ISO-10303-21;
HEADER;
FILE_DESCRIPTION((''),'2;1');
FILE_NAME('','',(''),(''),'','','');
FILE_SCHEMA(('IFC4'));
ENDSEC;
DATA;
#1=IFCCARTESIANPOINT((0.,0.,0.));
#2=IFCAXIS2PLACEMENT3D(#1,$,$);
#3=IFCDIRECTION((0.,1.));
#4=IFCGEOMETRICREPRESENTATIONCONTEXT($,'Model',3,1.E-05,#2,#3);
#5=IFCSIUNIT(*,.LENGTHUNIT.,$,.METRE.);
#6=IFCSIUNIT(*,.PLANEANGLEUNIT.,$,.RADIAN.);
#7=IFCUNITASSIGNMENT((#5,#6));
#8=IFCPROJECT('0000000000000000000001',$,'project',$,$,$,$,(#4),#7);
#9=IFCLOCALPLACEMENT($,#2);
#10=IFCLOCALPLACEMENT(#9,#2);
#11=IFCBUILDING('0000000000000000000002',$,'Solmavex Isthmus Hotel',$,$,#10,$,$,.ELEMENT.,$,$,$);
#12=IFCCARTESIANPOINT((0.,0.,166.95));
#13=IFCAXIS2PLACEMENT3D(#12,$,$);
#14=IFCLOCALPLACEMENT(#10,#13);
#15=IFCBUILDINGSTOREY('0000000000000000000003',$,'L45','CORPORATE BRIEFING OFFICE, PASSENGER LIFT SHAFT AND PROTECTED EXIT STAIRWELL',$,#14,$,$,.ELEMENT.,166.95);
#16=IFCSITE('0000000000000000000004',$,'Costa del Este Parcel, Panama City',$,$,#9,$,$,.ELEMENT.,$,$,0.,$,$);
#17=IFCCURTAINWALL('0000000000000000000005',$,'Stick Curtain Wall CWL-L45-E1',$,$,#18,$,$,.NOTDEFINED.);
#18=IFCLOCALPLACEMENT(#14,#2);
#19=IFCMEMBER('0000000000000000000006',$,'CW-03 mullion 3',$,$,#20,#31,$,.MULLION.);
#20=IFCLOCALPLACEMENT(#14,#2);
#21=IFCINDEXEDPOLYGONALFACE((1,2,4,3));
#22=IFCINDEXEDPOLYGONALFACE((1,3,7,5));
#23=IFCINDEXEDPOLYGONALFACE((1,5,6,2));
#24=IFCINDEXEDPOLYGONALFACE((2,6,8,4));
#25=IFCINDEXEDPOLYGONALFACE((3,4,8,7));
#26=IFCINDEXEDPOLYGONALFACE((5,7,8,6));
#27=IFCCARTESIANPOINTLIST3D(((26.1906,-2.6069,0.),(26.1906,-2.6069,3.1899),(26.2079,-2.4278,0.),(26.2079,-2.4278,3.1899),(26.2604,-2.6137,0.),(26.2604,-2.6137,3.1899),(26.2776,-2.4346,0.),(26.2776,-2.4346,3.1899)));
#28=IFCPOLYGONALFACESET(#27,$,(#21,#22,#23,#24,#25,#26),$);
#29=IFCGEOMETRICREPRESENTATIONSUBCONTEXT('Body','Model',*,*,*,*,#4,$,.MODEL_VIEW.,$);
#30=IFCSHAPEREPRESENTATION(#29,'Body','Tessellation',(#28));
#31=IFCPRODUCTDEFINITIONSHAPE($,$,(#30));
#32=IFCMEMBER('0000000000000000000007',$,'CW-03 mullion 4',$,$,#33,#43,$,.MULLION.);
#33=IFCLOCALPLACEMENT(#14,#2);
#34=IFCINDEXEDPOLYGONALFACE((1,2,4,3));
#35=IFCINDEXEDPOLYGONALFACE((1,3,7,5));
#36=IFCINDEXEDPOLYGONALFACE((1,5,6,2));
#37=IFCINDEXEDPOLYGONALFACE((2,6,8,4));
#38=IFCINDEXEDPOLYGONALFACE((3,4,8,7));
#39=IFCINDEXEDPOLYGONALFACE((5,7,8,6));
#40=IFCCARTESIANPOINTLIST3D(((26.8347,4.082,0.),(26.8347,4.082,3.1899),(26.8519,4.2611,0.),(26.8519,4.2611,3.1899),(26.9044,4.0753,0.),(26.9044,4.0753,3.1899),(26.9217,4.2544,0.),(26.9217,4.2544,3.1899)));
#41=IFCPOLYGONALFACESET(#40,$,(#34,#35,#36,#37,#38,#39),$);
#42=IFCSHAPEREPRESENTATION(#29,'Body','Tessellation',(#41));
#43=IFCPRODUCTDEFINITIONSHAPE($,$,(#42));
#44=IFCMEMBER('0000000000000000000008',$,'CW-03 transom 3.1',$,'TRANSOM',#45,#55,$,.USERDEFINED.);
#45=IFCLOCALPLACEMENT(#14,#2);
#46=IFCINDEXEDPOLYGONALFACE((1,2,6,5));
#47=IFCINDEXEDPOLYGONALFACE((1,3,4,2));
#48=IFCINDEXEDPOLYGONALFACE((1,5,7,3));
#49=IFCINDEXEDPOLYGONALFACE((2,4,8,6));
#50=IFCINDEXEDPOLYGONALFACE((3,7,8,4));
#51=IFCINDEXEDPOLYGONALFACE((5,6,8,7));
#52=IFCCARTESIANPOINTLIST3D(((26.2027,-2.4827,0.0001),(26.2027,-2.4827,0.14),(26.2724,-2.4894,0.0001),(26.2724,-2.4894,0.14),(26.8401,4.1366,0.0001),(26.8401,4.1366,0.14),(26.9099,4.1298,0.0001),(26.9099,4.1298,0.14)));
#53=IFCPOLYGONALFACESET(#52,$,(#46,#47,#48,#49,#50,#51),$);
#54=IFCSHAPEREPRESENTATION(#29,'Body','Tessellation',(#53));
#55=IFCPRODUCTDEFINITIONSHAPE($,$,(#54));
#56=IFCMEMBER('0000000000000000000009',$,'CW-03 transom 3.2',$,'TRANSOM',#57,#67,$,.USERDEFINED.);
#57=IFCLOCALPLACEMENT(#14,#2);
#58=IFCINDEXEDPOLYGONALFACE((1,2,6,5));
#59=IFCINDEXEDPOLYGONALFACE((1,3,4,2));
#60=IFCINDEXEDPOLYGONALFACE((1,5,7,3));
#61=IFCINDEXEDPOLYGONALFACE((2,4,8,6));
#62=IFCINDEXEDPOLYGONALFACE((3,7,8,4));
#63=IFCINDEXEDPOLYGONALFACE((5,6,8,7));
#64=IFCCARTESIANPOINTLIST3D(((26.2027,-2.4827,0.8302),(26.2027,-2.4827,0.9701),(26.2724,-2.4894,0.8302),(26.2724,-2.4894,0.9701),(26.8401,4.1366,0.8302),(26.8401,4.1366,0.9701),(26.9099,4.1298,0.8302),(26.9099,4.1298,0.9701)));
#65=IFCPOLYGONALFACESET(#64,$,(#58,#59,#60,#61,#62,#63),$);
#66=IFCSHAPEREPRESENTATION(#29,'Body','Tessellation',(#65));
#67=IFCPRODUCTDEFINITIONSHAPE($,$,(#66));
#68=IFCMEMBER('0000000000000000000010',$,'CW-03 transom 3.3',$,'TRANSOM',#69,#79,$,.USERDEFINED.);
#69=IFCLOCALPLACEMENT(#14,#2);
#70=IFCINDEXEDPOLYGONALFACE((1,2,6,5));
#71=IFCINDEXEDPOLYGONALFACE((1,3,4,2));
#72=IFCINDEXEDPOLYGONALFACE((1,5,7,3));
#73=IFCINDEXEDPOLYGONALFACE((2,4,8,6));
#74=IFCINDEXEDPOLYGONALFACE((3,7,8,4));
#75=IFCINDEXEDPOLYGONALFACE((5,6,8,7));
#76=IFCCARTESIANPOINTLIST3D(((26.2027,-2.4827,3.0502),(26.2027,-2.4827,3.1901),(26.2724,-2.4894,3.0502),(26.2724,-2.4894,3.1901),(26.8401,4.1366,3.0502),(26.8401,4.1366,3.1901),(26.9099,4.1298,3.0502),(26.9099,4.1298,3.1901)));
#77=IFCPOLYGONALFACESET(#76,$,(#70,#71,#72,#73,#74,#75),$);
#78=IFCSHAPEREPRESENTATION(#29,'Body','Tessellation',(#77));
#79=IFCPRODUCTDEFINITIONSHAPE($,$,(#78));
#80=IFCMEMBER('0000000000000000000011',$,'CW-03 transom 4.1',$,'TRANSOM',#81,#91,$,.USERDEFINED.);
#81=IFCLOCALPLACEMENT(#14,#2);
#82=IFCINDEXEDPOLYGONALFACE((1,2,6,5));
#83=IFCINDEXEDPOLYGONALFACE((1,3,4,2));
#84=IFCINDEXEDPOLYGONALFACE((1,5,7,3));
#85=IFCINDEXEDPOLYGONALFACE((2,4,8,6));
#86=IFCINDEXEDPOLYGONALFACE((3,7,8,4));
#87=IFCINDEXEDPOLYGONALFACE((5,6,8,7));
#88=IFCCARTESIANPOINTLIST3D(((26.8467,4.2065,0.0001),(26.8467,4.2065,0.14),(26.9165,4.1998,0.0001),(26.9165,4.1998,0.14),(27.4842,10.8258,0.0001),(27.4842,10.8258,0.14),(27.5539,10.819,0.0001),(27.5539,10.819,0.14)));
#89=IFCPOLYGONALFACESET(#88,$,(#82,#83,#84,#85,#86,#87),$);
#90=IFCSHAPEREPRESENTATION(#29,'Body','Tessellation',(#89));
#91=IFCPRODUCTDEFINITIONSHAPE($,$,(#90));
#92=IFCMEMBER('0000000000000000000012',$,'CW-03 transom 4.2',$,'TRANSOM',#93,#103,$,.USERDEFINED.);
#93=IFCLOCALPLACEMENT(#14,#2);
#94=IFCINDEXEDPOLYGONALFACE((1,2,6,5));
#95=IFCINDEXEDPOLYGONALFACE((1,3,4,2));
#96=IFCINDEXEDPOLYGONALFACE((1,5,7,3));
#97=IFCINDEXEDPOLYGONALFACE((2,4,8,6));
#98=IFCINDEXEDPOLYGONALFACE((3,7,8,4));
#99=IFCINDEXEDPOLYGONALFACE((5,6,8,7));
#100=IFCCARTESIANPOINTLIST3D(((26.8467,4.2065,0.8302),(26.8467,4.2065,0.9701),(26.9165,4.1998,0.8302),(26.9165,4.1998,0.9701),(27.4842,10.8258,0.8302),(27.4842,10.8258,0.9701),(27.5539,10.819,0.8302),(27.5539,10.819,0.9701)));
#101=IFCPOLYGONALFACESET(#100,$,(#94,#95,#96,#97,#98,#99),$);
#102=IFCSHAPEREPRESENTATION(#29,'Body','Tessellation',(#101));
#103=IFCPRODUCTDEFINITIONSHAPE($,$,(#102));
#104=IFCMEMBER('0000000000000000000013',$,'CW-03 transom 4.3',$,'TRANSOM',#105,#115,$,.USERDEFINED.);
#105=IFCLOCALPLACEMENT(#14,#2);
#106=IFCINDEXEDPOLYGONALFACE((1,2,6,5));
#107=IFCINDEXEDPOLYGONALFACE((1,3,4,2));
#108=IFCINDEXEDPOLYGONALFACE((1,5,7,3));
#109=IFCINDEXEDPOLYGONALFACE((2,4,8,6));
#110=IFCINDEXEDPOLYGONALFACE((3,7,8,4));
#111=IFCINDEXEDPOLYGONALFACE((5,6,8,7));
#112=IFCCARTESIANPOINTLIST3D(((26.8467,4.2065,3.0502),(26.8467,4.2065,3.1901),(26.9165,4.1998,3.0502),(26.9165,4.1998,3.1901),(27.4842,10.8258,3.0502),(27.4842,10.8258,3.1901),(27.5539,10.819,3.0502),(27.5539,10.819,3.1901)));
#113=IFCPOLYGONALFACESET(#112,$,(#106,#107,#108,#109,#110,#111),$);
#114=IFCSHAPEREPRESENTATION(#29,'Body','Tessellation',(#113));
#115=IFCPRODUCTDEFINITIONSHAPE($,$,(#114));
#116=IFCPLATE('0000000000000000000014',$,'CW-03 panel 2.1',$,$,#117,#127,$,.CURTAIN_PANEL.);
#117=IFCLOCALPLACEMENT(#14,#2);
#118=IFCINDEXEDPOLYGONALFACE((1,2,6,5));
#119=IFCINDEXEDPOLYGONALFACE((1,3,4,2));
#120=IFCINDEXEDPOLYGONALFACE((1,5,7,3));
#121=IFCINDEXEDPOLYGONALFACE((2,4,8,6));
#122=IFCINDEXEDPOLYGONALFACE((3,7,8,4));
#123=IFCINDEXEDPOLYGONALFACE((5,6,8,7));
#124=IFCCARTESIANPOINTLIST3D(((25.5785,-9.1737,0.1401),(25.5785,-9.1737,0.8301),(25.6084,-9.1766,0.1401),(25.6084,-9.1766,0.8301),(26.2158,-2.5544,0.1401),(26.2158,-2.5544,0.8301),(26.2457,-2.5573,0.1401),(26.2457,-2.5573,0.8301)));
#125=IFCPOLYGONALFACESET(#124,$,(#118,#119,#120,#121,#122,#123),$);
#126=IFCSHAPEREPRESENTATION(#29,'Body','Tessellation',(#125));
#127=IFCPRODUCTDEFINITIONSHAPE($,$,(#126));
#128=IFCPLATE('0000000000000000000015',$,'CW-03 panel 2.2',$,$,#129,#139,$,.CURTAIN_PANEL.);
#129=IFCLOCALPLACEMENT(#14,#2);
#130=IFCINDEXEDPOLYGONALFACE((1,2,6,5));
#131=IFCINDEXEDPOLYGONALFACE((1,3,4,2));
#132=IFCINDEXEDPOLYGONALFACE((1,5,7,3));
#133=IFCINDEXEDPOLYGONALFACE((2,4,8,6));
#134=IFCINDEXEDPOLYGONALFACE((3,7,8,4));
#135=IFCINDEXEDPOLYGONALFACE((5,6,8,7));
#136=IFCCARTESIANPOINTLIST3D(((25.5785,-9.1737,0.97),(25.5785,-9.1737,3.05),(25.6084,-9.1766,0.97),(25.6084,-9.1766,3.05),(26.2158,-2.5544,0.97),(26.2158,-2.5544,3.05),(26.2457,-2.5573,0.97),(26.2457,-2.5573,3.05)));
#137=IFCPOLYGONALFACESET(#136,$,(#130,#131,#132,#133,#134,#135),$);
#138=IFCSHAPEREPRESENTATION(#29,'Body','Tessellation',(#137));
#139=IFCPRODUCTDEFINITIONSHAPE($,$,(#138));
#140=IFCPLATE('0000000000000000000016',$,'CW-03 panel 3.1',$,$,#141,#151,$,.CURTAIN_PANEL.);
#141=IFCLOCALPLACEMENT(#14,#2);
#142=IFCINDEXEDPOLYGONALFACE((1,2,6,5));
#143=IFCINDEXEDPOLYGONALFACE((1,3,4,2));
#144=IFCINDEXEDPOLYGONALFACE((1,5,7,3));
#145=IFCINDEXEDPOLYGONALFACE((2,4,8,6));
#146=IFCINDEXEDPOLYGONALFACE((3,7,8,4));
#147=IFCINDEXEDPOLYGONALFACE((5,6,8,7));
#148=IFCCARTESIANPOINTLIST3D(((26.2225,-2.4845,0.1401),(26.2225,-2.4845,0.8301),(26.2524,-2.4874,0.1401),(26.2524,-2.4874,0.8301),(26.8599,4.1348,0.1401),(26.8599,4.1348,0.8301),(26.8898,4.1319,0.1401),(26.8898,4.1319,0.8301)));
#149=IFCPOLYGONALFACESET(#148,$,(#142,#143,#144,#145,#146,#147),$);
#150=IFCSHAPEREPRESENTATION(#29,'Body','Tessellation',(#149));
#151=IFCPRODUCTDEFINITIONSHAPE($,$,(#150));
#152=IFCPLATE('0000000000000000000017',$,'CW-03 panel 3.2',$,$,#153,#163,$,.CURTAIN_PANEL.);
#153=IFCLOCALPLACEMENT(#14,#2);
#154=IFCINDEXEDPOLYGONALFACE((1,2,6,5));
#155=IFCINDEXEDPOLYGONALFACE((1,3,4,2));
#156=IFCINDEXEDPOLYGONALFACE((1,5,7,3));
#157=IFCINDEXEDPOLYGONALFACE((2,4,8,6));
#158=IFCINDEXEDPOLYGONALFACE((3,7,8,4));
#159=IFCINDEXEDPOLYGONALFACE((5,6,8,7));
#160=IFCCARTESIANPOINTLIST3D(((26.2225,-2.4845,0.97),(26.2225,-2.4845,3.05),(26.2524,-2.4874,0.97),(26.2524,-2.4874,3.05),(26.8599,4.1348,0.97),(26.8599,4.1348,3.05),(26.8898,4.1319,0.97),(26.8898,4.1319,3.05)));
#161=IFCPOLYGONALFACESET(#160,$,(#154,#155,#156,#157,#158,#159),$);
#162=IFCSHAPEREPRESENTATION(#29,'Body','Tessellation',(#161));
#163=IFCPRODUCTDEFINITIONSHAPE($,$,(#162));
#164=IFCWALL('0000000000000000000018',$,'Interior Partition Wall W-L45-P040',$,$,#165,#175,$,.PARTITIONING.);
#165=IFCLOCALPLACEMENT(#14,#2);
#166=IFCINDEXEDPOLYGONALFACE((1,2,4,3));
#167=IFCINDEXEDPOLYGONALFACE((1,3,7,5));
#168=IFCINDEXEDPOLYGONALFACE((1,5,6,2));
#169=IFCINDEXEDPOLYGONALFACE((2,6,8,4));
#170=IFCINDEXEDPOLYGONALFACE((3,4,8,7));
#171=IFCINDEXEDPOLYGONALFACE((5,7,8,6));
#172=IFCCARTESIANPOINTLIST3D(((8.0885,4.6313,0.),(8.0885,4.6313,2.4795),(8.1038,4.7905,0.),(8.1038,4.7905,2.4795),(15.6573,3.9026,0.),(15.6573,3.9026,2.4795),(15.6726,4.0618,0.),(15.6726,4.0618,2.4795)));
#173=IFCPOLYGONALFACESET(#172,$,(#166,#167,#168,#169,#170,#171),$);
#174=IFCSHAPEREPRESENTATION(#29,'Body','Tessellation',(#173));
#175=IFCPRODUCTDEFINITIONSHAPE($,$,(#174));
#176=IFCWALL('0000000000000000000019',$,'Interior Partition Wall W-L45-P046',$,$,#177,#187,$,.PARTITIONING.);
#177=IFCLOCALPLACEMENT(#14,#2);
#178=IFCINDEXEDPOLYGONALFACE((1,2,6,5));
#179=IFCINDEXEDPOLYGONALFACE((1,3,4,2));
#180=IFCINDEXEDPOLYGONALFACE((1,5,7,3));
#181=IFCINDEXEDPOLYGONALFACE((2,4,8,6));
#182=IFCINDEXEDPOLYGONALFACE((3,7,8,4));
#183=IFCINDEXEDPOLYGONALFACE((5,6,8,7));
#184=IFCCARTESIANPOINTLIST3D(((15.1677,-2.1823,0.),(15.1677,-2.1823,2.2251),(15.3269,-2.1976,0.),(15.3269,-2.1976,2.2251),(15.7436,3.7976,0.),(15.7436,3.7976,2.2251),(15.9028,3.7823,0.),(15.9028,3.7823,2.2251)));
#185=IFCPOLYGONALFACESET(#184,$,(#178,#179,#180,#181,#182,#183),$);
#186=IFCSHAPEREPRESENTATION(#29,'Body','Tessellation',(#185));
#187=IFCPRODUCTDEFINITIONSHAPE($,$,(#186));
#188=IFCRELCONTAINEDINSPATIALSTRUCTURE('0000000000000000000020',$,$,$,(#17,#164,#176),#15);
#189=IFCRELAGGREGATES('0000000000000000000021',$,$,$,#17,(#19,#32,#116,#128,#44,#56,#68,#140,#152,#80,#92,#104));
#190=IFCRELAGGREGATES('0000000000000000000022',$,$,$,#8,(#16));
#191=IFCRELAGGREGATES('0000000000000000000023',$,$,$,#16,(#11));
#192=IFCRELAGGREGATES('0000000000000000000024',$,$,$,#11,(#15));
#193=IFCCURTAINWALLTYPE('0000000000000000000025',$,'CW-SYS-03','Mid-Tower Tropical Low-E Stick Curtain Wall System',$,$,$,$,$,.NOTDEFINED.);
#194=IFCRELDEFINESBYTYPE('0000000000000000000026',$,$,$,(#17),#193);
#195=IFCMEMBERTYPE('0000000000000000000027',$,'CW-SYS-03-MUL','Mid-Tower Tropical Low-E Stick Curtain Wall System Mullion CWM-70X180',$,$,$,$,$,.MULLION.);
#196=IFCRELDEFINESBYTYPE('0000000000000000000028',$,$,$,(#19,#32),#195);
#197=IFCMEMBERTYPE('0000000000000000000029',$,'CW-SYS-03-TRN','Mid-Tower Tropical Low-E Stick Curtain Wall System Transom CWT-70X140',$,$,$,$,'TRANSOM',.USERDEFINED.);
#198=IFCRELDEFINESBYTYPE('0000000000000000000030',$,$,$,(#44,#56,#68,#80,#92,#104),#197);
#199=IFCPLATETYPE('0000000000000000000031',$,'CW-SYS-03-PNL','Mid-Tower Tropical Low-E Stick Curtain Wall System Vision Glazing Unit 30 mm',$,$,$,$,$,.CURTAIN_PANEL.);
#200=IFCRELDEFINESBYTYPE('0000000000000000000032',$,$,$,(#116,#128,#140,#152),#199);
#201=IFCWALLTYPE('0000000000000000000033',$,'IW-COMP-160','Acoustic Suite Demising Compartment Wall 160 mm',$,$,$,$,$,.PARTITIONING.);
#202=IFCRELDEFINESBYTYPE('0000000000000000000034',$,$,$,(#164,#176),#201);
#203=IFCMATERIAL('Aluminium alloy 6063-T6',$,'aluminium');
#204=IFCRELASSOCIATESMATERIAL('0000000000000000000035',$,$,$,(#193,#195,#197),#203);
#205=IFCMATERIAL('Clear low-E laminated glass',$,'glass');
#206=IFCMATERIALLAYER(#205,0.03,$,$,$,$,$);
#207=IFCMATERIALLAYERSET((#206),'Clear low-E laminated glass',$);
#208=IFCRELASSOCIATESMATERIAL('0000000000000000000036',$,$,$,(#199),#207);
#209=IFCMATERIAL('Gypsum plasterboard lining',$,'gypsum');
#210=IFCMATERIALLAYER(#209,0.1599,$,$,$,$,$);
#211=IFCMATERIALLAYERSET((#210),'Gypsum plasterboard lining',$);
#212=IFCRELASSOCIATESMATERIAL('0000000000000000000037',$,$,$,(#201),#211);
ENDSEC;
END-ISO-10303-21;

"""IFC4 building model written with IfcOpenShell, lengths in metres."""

from ifc_helpers import new_model, si_unit, direction, frame, frame_2d, origin, origin_2d, place, context, subcontext, project, spatial, rectangle, extrude, material, layer, layer_set, material_profile, profile_set, type_object, element, aggregate, save


model = new_model("IFC4")

# Units and contexts
model_context = context("Model", 3, precision=1e-05, world=origin(), true_north=direction((0.0, 1.0)))
body_context = subcontext(model_context, "Body", "Model", "MODEL_VIEW")
ifc_project = project(units=[si_unit("LENGTHUNIT", "METRE"), si_unit("PLANEANGLEUNIT", "RADIAN")], contexts=[model_context])

# Site, building, storey
site_placement = place(None, origin())
site = spatial("IfcSite", under=ifc_project, at=site_placement, Name="Costa del Este Parcel, Panama City", CompositionType="ELEMENT", RefElevation=0.0)
building_placement = place(site_placement, origin())
building = spatial("IfcBuilding", under=site, at=building_placement, Name="Solmavex Isthmus Hotel", CompositionType="ELEMENT")
storey_placement = place(building_placement, frame((0.0, 0.0, 166.95)))
storey = spatial("IfcBuildingStorey", under=building, at=storey_placement, Name="L45", Description="CORPORATE BRIEFING OFFICE, PASSENGER LIFT SHAFT AND PROTECTED EXIT STAIRWELL", CompositionType="ELEMENT", Elevation=166.95)

# Curtain wall, members, plates
ifc_material_1 = material(Name="Aluminium alloy 6063-T6", Category="aluminium")
curtain_wall_type = type_object("IfcCurtainWallType", Name="CW-SYS-03", Description="Mid-Tower Tropical Low-E Stick Curtain Wall System", PredefinedType="NOTDEFINED", material=ifc_material_1)
curtain_wall_placement = place(storey_placement, origin())
curtain_wall = element("IfcCurtainWall", 1, at=curtain_wall_placement, inside=storey, type_object=curtain_wall_type, Name="Stick Curtain Wall CWL-L45-E1", PredefinedType="NOTDEFINED")
ifc_material_profile_1 = material_profile(ifc_material_1, rectangle(XDim=0.0701, YDim=0.1799, at=origin_2d()), Name="CWM-70X180")
ifc_profile_set_1 = profile_set([ifc_material_profile_1], Name="Aluminium alloy 6063-T6")
member_type_1 = type_object("IfcMemberType", Name="CW-SYS-03-MUL", Description="Mid-Tower Tropical Low-E Stick Curtain Wall System Mullion CWM-70X180", PredefinedType="MULLION", material=ifc_profile_set_1)
member_1_placement = place(storey_placement, frame((26.2341, -2.5208, 0.0), z_axis=(0.0, 0.0, 1.0), x_axis=(-0.995396, 0.095846, 0.0)))
member_1 = element("IfcMember", 2, at=member_1_placement, type_object=member_type_1, Name="CW-03 mullion 3", PredefinedType="MULLION", context=body_context, shape_type="SweptSolid", body=[
    extrude(rectangle(XDim=0.0701, YDim=0.1799, at=origin_2d()), origin(), (0.0, 0.0, 1.0), 3.1899),
])
member_2_placement = place(storey_placement, frame((26.8782, 4.1682, 0.0), z_axis=(0.0, 0.0, 1.0), x_axis=(-0.995396, 0.095846, 0.0)))
member_2 = element("IfcMember", 3, at=member_2_placement, type_object=member_type_1, Name="CW-03 mullion 4", PredefinedType="MULLION", context=body_context, shape_type="SweptSolid", body=[
    extrude(rectangle(XDim=0.0701, YDim=0.1799, at=origin_2d()), origin(), (0.0, 0.0, 1.0), 3.1899),
])
ifc_material_profile_2 = material_profile(ifc_material_1, rectangle(XDim=0.0701, YDim=0.1399, at=origin_2d()), Name="CWT-70X140")
ifc_profile_set_2 = profile_set([ifc_material_profile_2], Name="Aluminium alloy 6063-T6")
member_type_2 = type_object("IfcMemberType", Name="CW-SYS-03-TRN", Description="Mid-Tower Tropical Low-E Stick Curtain Wall System Transom CWT-70X140", ElementType="TRANSOM", PredefinedType="USERDEFINED", material=ifc_profile_set_2)
member_3_placement = place(storey_placement, frame((26.2375, -2.4861, 0.0701), z_axis=(0.095857, 0.995395, 0.0), x_axis=(-0.995395, 0.095857, 0.0)))
member_3 = element("IfcMember", 4, at=member_3_placement, type_object=member_type_2, Name="CW-03 transom 3.1", ObjectType="TRANSOM", PredefinedType="USERDEFINED", context=body_context, shape_type="SweptSolid", body=[
    extrude(rectangle(XDim=0.0701, YDim=0.1399, at=origin_2d()), origin(), (0.0, 0.0, 1.0), 6.6499),
])
member_4_placement = place(storey_placement, frame((26.2375, -2.4861, 0.9001), z_axis=(0.095857, 0.995395, 0.0), x_axis=(-0.995395, 0.095857, 0.0)))
member_4 = element("IfcMember", 5, at=member_4_placement, type_object=member_type_2, Name="CW-03 transom 3.2", ObjectType="TRANSOM", PredefinedType="USERDEFINED", context=body_context, shape_type="SweptSolid", body=[
    extrude(rectangle(XDim=0.0701, YDim=0.1399, at=origin_2d()), origin(), (0.0, 0.0, 1.0), 6.6499),
])
member_5_placement = place(storey_placement, frame((26.2375, -2.4861, 3.1201), z_axis=(0.095857, 0.995395, 0.0), x_axis=(-0.995395, 0.095857, 0.0)))
member_5 = element("IfcMember", 6, at=member_5_placement, type_object=member_type_2, Name="CW-03 transom 3.3", ObjectType="TRANSOM", PredefinedType="USERDEFINED", context=body_context, shape_type="SweptSolid", body=[
    extrude(rectangle(XDim=0.0701, YDim=0.1399, at=origin_2d()), origin(), (0.0, 0.0, 1.0), 6.6499),
])
member_6_placement = place(storey_placement, frame((26.8816, 4.2031, 0.0701), z_axis=(0.095857, 0.995395, 0.0), x_axis=(-0.995395, 0.095857, 0.0)))
member_6 = element("IfcMember", 7, at=member_6_placement, type_object=member_type_2, Name="CW-03 transom 4.1", ObjectType="TRANSOM", PredefinedType="USERDEFINED", context=body_context, shape_type="SweptSolid", body=[
    extrude(rectangle(XDim=0.0701, YDim=0.1399, at=origin_2d()), origin(), (0.0, 0.0, 1.0), 6.6499),
])
member_7_placement = place(storey_placement, frame((26.8816, 4.2031, 0.9001), z_axis=(0.095857, 0.995395, 0.0), x_axis=(-0.995395, 0.095857, 0.0)))
member_7 = element("IfcMember", 8, at=member_7_placement, type_object=member_type_2, Name="CW-03 transom 4.2", ObjectType="TRANSOM", PredefinedType="USERDEFINED", context=body_context, shape_type="SweptSolid", body=[
    extrude(rectangle(XDim=0.0701, YDim=0.1399, at=origin_2d()), origin(), (0.0, 0.0, 1.0), 6.6499),
])
member_8_placement = place(storey_placement, frame((26.8816, 4.2031, 3.1201), z_axis=(0.095857, 0.995395, 0.0), x_axis=(-0.995395, 0.095857, 0.0)))
member_8 = element("IfcMember", 9, at=member_8_placement, type_object=member_type_2, Name="CW-03 transom 4.3", ObjectType="TRANSOM", PredefinedType="USERDEFINED", context=body_context, shape_type="SweptSolid", body=[
    extrude(rectangle(XDim=0.0701, YDim=0.1399, at=origin_2d()), origin(), (0.0, 0.0, 1.0), 6.6499),
])
ifc_material_2 = material(Name="Clear low-E laminated glass", Category="glass")
ifc_layer_1 = layer(ifc_material_2, 0.03)
ifc_layer_set_1 = layer_set([ifc_layer_1], Name="Clear low-E laminated glass")
plate_type = type_object("IfcPlateType", Name="CW-SYS-03-PNL", Description="Mid-Tower Tropical Low-E Stick Curtain Wall System Vision Glazing Unit 30 mm", PredefinedType="CURTAIN_PANEL", material=ifc_layer_set_1)
plate_1_placement = place(storey_placement, frame((25.9121, -5.8655, 0.1401), z_axis=(0.0, 0.0, 1.0), x_axis=(0.095846, 0.995396, 0.0)))
plate_1 = element("IfcPlate", 10, at=plate_1_placement, type_object=plate_type, Name="CW-03 panel 2.1", PredefinedType="CURTAIN_PANEL", context=body_context, shape_type="SweptSolid", body=[
    extrude(rectangle(XDim=6.6499, YDim=0.03, at=origin_2d()), origin(), (0.0, 0.0, 1.0), 0.6899),
])
plate_2_placement = place(storey_placement, frame((25.9121, -5.8655, 0.97), z_axis=(0.0, 0.0, 1.0), x_axis=(0.095846, 0.995396, 0.0)))
plate_2 = element("IfcPlate", 11, at=plate_2_placement, type_object=plate_type, Name="CW-03 panel 2.2", PredefinedType="CURTAIN_PANEL", context=body_context, shape_type="SweptSolid", body=[
    extrude(rectangle(XDim=6.6499, YDim=0.03, at=origin_2d()), origin(), (0.0, 0.0, 1.0), 2.0801),
])
plate_3_placement = place(storey_placement, frame((26.5562, 0.8237, 0.1401), z_axis=(0.0, 0.0, 1.0), x_axis=(0.095846, 0.995396, 0.0)))
plate_3 = element("IfcPlate", 12, at=plate_3_placement, type_object=plate_type, Name="CW-03 panel 3.1", PredefinedType="CURTAIN_PANEL", context=body_context, shape_type="SweptSolid", body=[
    extrude(rectangle(XDim=6.6499, YDim=0.03, at=origin_2d()), origin(), (0.0, 0.0, 1.0), 0.6899),
])
plate_4_placement = place(storey_placement, frame((26.5562, 0.8237, 0.97), z_axis=(0.0, 0.0, 1.0), x_axis=(0.095846, 0.995396, 0.0)))
plate_4 = element("IfcPlate", 13, at=plate_4_placement, type_object=plate_type, Name="CW-03 panel 3.2", PredefinedType="CURTAIN_PANEL", context=body_context, shape_type="SweptSolid", body=[
    extrude(rectangle(XDim=6.6499, YDim=0.03, at=origin_2d()), origin(), (0.0, 0.0, 1.0), 2.0801),
])
aggregate(curtain_wall, [member_1, member_2, plate_1, plate_2, member_3, member_4, member_5, plate_3, plate_4, member_6, member_7, member_8])

# Walls
ifc_material_3 = material(Name="Gypsum plasterboard lining", Category="gypsum")
ifc_layer_2 = layer(ifc_material_3, 0.1599)
ifc_layer_set_2 = layer_set([ifc_layer_2], Name="Gypsum plasterboard lining")
wall_type = type_object("IfcWallType", Name="IW-COMP-160", Description="Acoustic Suite Demising Compartment Wall 160 mm", PredefinedType="PARTITIONING", material=ifc_layer_set_2)
wall_1_placement = place(storey_placement, frame((15.6648, 3.9822, 0.0), z_axis=(0.0, 0.0, 1.0), x_axis=(-0.995397, 0.095841, 0.0)))
element("IfcWall", 14, at=wall_1_placement, inside=storey, type_object=wall_type, Name="Interior Partition Wall W-L45-P040", PredefinedType="PARTITIONING", context=body_context, shape_type="SweptSolid", body=[
    extrude(rectangle(XDim=7.6038, YDim=0.1599, at=frame_2d((3.8018, 0.0))), origin(), (0.0, 0.0, 1.0), 2.4795),
])
wall_2_placement = place(storey_placement, frame((15.8232, 3.79, 0.0), z_axis=(0.0, 0.0, 1.0), x_axis=(-0.095866, -0.995394, 0.0)))
element("IfcWall", 15, at=wall_2_placement, inside=storey, type_object=wall_type, Name="Interior Partition Wall W-L45-P046", PredefinedType="PARTITIONING", context=body_context, shape_type="SweptSolid", body=[
    extrude(rectangle(XDim=6.0076, YDim=0.1599, at=frame_2d((3.0039, 0.0))), origin(), (0.0, 0.0, 1.0), 2.2251),
])

save(model, "model.ifc")
